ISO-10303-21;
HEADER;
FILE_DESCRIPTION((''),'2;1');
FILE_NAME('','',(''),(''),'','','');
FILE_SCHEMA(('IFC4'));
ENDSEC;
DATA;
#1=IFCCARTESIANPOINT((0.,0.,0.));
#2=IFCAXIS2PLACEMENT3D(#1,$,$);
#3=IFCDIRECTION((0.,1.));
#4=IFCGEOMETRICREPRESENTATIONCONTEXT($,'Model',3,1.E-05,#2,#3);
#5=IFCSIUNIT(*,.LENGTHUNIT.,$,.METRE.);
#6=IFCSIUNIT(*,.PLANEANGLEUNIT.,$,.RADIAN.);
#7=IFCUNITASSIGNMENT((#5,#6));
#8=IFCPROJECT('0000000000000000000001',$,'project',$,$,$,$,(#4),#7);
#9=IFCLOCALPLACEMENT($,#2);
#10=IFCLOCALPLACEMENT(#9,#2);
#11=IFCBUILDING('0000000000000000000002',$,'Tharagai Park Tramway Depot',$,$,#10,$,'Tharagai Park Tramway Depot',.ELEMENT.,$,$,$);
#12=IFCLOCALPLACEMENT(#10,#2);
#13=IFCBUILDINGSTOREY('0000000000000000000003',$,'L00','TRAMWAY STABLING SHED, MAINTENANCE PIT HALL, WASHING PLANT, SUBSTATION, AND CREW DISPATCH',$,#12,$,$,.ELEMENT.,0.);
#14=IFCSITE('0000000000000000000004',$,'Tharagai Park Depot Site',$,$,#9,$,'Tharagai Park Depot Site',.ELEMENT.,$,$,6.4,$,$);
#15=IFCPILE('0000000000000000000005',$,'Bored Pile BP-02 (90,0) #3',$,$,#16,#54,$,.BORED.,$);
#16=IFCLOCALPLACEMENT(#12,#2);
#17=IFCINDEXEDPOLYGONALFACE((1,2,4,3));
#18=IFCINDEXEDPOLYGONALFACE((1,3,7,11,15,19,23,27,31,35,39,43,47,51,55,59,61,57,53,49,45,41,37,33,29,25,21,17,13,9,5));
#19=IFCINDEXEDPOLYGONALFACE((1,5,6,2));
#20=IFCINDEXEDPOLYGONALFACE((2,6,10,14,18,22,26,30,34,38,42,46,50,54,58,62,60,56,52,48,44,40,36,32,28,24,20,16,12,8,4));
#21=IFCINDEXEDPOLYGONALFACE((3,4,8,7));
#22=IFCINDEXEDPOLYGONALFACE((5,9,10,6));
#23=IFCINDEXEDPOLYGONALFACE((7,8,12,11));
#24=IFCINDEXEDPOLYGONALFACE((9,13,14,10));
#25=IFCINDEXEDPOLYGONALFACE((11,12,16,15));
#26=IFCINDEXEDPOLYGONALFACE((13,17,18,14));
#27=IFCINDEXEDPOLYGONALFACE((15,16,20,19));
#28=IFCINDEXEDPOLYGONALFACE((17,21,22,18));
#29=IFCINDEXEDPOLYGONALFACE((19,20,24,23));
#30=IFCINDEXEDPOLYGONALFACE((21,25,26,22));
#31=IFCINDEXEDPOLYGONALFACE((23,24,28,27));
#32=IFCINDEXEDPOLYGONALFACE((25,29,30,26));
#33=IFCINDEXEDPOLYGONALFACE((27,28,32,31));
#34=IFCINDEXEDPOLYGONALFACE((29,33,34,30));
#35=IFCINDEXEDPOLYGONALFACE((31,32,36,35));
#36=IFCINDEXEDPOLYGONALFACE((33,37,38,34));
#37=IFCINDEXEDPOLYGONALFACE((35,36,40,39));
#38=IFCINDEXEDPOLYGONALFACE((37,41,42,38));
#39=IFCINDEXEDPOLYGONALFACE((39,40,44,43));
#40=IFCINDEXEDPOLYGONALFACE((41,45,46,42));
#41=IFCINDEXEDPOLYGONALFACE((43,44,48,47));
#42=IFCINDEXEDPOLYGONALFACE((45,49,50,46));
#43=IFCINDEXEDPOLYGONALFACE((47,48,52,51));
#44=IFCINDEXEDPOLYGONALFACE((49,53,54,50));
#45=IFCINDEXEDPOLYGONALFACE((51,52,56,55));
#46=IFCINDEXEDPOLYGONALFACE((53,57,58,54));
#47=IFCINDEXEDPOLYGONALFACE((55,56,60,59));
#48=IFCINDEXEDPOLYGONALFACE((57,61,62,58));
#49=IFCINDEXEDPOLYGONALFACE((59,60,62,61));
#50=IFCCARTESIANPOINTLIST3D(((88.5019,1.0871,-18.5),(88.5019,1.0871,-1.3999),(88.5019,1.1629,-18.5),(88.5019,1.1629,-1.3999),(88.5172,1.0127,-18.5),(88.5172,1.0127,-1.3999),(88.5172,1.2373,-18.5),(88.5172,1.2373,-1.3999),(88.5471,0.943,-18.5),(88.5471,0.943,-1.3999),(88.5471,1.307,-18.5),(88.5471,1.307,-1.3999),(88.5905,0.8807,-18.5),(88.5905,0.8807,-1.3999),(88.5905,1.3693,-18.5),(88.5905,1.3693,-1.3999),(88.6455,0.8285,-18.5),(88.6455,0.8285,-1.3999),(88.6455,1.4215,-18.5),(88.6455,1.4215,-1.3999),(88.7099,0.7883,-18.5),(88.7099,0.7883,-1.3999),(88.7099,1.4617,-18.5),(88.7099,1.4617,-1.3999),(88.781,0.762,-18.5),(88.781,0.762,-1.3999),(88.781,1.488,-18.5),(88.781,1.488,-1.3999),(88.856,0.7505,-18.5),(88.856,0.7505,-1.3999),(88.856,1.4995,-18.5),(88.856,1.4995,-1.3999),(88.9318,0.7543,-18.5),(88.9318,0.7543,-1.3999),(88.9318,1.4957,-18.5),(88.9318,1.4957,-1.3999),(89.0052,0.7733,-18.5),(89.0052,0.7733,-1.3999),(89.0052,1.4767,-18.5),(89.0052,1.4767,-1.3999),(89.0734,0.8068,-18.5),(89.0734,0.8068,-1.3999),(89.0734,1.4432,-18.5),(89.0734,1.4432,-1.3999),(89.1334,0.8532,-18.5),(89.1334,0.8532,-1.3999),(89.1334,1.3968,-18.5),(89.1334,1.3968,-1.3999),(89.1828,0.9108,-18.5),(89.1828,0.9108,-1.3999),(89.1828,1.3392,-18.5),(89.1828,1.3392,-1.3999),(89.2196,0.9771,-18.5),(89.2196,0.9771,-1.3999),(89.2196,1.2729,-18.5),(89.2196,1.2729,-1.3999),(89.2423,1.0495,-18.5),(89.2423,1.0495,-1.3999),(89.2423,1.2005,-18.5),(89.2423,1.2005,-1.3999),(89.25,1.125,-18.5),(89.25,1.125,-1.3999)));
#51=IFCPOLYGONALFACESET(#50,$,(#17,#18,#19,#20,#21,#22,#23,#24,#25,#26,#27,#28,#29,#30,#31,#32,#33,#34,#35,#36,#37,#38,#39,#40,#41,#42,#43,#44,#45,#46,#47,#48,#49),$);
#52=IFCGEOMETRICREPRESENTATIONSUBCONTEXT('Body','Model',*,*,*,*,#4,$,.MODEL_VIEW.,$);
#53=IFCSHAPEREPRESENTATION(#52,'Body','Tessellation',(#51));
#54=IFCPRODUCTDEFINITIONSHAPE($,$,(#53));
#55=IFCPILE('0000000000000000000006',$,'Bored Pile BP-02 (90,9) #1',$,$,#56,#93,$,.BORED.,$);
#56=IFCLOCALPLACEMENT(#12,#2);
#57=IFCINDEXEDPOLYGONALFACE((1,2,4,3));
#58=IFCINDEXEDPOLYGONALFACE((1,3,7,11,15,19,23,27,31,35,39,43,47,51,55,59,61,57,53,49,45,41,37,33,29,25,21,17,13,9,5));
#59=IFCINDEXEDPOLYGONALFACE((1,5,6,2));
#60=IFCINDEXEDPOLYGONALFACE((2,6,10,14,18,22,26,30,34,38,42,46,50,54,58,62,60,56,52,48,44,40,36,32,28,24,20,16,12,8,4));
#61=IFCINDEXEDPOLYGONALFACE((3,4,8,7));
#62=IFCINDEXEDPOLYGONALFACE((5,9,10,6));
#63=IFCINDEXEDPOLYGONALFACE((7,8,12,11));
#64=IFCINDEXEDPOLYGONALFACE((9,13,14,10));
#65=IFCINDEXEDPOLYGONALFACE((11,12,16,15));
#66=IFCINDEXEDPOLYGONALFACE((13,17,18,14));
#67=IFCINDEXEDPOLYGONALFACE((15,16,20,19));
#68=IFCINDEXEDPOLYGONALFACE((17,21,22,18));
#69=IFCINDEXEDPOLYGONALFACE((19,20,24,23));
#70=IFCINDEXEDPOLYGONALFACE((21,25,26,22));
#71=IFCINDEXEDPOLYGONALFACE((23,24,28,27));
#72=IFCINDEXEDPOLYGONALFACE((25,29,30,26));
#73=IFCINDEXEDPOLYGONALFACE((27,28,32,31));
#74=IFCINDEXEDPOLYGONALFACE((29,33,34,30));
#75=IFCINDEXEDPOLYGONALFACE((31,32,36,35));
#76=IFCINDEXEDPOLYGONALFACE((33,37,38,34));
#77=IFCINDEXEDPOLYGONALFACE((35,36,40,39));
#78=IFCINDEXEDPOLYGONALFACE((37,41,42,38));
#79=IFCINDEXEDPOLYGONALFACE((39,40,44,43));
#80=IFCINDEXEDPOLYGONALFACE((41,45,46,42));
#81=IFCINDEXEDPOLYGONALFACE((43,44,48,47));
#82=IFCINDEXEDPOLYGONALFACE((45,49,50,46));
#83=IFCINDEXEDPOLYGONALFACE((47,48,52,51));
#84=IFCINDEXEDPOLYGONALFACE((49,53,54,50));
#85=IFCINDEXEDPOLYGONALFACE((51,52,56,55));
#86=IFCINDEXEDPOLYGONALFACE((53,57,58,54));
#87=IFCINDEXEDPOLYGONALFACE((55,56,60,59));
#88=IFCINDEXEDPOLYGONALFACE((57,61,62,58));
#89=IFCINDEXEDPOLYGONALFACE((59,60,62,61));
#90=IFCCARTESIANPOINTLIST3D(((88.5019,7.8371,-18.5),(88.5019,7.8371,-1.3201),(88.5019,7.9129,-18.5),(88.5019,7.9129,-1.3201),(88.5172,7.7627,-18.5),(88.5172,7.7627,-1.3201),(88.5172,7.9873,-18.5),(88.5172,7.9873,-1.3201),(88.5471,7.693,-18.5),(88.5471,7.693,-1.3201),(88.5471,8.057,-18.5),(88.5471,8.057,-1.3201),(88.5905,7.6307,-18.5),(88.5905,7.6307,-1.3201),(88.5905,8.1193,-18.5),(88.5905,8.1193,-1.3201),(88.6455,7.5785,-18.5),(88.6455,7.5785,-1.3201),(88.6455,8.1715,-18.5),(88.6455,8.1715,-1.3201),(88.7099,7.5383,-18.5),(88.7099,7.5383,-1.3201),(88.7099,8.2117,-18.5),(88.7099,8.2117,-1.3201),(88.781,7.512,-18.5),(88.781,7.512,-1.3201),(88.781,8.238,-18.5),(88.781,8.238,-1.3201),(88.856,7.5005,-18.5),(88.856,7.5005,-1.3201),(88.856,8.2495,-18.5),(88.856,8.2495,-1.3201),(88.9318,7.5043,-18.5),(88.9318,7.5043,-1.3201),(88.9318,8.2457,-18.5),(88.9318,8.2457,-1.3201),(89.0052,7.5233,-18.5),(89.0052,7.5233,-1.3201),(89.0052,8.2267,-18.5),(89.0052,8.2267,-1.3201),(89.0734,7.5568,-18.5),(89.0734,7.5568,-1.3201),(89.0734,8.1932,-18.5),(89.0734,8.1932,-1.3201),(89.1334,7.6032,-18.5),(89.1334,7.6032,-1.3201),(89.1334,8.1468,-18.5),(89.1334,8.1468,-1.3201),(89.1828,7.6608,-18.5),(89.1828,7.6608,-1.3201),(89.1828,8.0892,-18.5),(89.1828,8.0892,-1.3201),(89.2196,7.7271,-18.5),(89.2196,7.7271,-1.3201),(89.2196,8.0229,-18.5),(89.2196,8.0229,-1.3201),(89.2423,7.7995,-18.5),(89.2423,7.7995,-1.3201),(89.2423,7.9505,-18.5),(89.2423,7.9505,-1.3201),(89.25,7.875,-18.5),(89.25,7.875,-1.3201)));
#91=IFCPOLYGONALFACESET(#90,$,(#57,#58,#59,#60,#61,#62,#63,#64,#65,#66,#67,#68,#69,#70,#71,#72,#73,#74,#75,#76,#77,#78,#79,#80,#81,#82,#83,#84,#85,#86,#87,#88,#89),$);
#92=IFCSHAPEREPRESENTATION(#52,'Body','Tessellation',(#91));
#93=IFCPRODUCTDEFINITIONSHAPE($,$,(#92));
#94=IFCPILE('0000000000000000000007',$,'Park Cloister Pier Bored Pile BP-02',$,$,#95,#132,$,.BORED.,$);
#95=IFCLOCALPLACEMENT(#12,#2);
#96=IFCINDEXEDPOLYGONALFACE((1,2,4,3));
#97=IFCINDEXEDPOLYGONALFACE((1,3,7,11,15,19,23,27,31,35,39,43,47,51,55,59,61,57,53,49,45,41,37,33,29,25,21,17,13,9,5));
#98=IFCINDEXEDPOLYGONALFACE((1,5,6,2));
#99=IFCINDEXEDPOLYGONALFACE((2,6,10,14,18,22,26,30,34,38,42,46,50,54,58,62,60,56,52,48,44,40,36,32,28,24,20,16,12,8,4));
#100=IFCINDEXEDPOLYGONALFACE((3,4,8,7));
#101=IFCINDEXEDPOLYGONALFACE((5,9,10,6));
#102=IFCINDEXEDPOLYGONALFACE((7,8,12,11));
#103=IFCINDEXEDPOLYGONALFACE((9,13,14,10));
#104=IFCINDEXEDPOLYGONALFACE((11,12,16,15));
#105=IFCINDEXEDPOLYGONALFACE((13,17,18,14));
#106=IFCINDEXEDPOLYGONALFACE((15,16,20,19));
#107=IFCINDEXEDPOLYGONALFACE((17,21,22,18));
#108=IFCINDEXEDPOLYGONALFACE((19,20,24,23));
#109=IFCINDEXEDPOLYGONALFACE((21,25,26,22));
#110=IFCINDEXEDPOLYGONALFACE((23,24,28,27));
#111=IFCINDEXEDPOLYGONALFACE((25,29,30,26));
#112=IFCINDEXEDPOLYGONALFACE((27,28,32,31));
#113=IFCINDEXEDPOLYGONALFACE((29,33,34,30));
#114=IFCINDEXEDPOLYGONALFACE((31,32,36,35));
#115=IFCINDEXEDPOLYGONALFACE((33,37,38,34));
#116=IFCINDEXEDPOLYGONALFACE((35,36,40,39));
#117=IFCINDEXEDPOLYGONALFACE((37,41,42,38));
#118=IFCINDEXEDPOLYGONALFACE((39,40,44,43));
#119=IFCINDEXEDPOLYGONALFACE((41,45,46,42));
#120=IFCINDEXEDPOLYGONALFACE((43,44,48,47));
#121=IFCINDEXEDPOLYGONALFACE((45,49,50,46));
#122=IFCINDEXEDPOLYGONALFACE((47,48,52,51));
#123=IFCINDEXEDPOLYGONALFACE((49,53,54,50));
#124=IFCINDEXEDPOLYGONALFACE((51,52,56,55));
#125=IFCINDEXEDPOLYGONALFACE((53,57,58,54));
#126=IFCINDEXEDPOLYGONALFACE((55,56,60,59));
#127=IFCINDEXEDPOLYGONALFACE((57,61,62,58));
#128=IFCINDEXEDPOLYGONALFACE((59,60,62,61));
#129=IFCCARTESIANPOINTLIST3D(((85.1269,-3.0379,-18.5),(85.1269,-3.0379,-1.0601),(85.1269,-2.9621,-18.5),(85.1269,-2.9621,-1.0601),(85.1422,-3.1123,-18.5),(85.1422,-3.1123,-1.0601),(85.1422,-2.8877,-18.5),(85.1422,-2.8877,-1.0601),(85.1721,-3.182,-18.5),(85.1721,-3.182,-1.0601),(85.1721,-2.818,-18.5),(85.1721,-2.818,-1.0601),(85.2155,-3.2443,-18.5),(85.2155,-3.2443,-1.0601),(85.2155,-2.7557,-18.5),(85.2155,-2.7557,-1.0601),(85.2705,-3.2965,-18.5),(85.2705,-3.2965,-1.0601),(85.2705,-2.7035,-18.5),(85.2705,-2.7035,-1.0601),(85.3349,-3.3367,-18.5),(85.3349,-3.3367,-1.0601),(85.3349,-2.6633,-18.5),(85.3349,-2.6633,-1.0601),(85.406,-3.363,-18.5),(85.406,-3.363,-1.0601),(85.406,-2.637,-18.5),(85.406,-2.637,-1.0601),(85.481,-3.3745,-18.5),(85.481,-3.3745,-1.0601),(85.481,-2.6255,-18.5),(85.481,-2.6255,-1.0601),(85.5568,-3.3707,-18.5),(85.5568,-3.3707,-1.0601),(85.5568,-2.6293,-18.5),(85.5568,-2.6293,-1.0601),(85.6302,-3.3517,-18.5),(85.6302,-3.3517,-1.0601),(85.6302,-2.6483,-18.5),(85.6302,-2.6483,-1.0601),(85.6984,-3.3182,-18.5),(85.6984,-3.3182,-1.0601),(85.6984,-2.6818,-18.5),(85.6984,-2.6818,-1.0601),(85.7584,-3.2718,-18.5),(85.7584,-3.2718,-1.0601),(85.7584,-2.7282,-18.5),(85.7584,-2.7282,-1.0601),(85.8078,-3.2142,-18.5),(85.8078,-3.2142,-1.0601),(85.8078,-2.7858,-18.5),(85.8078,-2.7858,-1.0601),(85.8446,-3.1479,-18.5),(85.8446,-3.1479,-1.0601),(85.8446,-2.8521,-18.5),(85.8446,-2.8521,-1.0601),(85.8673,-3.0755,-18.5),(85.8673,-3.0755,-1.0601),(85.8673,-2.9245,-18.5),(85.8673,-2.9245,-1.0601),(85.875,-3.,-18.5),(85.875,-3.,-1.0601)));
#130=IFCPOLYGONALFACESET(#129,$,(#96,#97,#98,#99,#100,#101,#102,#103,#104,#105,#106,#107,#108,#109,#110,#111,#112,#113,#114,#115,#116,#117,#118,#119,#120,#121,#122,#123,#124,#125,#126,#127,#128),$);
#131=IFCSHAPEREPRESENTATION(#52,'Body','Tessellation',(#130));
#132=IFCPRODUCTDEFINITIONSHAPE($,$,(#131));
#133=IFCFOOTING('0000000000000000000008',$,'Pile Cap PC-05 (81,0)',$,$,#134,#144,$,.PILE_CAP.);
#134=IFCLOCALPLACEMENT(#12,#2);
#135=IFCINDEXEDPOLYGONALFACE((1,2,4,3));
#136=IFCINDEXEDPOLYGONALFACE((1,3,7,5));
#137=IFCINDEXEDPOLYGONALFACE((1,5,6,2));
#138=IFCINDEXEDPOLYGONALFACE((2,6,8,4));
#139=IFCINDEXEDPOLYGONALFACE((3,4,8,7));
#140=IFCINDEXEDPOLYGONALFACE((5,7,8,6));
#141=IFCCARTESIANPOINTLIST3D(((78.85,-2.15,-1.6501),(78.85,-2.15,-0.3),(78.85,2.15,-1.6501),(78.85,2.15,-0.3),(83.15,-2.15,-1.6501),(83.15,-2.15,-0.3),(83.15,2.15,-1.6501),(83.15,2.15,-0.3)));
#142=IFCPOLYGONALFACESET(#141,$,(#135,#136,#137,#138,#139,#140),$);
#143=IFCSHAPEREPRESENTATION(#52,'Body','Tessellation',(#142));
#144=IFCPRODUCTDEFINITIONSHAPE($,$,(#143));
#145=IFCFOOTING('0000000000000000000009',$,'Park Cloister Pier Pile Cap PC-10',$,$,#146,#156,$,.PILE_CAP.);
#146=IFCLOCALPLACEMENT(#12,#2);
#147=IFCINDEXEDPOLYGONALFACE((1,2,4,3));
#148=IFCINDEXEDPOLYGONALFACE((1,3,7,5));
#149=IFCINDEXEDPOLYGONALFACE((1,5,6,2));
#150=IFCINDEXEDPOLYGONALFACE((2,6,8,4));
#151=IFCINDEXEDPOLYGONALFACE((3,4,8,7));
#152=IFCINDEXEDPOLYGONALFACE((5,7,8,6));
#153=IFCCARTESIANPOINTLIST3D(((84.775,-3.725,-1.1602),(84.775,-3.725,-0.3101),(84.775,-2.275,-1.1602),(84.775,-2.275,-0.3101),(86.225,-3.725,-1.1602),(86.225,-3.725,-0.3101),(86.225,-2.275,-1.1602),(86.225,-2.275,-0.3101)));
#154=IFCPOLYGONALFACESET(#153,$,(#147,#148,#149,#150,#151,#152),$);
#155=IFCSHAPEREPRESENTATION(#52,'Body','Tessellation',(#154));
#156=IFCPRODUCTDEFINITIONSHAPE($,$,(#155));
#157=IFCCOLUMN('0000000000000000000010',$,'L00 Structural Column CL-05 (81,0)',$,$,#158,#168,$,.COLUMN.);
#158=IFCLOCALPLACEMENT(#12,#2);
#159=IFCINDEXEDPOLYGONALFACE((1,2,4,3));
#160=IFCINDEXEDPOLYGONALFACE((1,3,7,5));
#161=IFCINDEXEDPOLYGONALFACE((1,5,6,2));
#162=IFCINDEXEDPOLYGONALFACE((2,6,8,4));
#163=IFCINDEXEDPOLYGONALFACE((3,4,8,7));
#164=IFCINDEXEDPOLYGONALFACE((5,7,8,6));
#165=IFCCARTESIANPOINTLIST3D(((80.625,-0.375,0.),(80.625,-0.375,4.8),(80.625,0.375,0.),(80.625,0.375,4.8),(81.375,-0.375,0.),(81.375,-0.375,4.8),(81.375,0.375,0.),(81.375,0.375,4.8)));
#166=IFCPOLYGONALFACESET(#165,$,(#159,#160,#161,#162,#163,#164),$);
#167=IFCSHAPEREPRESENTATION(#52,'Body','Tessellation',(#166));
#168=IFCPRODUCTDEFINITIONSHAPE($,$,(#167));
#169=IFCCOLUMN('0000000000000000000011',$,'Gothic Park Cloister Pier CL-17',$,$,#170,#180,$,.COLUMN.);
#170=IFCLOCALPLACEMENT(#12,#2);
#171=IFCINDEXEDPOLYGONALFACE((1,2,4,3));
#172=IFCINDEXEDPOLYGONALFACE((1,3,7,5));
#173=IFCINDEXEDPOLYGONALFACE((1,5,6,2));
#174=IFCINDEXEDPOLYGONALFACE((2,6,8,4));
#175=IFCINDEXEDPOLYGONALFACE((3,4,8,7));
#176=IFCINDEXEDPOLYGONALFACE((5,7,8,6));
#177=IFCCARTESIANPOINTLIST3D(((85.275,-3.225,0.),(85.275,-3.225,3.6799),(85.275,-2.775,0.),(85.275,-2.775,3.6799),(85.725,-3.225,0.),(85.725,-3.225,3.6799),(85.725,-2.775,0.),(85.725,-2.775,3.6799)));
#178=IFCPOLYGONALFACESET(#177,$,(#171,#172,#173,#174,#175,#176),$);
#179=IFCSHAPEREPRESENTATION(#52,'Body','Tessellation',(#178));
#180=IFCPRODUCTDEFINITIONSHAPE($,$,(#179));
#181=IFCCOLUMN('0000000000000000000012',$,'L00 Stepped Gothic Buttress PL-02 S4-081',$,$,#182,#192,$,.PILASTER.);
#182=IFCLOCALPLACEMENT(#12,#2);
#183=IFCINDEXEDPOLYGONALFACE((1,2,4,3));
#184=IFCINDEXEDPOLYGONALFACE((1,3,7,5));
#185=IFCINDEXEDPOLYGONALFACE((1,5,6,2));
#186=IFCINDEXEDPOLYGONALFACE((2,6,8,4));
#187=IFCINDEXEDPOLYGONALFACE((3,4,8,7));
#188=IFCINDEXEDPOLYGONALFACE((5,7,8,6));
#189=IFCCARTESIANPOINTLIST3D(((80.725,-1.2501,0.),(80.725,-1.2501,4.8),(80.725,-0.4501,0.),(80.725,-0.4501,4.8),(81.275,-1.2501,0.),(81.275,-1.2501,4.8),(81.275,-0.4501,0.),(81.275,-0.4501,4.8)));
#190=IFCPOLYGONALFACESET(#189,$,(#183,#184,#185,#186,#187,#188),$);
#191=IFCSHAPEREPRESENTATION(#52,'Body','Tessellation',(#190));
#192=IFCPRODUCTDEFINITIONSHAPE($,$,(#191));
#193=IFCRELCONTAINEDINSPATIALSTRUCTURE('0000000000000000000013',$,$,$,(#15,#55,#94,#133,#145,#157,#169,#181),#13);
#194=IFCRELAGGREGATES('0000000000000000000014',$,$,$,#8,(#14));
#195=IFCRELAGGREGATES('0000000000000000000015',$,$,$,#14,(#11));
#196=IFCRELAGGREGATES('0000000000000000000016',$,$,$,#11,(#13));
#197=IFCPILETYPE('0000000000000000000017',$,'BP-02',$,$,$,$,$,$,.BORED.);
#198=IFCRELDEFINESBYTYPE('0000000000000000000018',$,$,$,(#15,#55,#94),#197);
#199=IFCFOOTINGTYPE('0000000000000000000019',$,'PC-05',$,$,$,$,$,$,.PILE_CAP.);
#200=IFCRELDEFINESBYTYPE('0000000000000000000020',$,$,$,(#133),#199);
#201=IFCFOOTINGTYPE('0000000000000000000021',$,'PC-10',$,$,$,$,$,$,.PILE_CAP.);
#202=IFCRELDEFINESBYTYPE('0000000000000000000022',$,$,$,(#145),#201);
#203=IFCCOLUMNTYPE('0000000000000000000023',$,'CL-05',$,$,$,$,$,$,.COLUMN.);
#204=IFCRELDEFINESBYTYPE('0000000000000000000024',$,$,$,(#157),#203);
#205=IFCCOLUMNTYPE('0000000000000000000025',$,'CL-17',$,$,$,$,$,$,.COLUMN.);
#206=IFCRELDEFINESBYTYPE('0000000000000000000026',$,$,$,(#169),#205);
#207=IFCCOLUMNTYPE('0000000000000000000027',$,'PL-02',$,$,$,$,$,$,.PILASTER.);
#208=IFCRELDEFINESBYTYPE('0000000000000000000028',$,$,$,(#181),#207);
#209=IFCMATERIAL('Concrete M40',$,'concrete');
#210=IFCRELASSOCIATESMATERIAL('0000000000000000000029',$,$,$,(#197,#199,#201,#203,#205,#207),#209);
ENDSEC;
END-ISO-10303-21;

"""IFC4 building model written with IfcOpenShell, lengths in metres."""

from ifc_helpers import new_model, si_unit, direction, frame, origin, origin_2d, place, context, subcontext, project, spatial, rectangle, circle, extrude, material, material_profile, profile_set, type_object, element, save


model = new_model("IFC4")

# Units and contexts
model_context = context("Model", 3, precision=1e-05, world=origin(), true_north=direction((0.0, 1.0)))
body_context = subcontext(model_context, "Body", "Model", "MODEL_VIEW")
ifc_project = project(units=[si_unit("LENGTHUNIT", "METRE"), si_unit("PLANEANGLEUNIT", "RADIAN")], contexts=[model_context])

# Site, building, storey
site_placement = place(None, origin())
site = spatial("IfcSite", under=ifc_project, at=site_placement, Name="Tharagai Park Depot Site", LongName="Tharagai Park Depot Site", CompositionType="ELEMENT", RefElevation=6.4)
building_placement = place(site_placement, origin())
building = spatial("IfcBuilding", under=site, at=building_placement, Name="Tharagai Park Tramway Depot", LongName="Tharagai Park Tramway Depot", CompositionType="ELEMENT")
storey_placement = place(building_placement, origin())
storey = spatial("IfcBuildingStorey", under=building, at=storey_placement, Name="L00", Description="TRAMWAY STABLING SHED, MAINTENANCE PIT HALL, WASHING PLANT, SUBSTATION, AND CREW DISPATCH", CompositionType="ELEMENT", Elevation=0.0)

# Piles
ifc_material_1 = material(Name="Concrete M40", Category="concrete")
ifc_material_profile_1 = material_profile(ifc_material_1, circle(Radius=0.375, at=origin_2d()), Name="PILE D750")
ifc_profile_set_1 = profile_set([ifc_material_profile_1], Name="Concrete M40")
pile_type_1 = type_object("IfcPileType", Name="BP-02", PredefinedType="BORED", material=ifc_profile_set_1)
for number, where, z_axis, x_axis, name in (
    (1, (88.875, 1.125, -1.3999), (0.0, 0.0, -1.0), (1.0, 0.0, 0.0), "Bored Pile BP-02 (90,0) #3"),
):
    element("IfcPile", number, at=place(storey_placement, frame(where, z_axis=z_axis, x_axis=x_axis)), inside=storey, type_object=pile_type_1, Name=name, PredefinedType="BORED", context=body_context, shape_type="SweptSolid", body=[
        extrude(circle(Radius=0.375, at=origin_2d()), origin(), (0.0, 0.0, 1.0), 17.1001),
    ])
pile_1_placement = place(storey_placement, frame((88.875, 7.875, -1.3201), z_axis=(0.0, 0.0, -1.0), x_axis=(1.0, 0.0, 0.0)))
element("IfcPile", 2, at=pile_1_placement, inside=storey, type_object=pile_type_1, Name="Bored Pile BP-02 (90,9) #1", PredefinedType="BORED", context=body_context, shape_type="SweptSolid", body=[
    extrude(circle(Radius=0.375, at=origin_2d()), origin(), (0.0, 0.0, 1.0), 17.1799),
])
pile_2_placement = place(storey_placement, frame((85.5, -3.0, -1.0601), z_axis=(0.0, 0.0, -1.0), x_axis=(1.0, 0.0, 0.0)))
element("IfcPile", 3, at=pile_2_placement, inside=storey, type_object=pile_type_1, Name="Park Cloister Pier Bored Pile BP-02", PredefinedType="BORED", context=body_context, shape_type="SweptSolid", body=[
    extrude(circle(Radius=0.375, at=origin_2d()), origin(), (0.0, 0.0, 1.0), 17.4399),
])

# Footings
footing_type_1 = type_object("IfcFootingType", Name="PC-05", PredefinedType="PILE_CAP", material=ifc_material_1)
footing_1_placement = place(storey_placement, frame((81.0, 0.0, -1.6501), z_axis=(0.0, 0.0, 1.0), x_axis=(1.0, 0.0, 0.0)))
element("IfcFooting", 4, at=footing_1_placement, inside=storey, type_object=footing_type_1, Name="Pile Cap PC-05 (81,0)", PredefinedType="PILE_CAP", context=body_context, shape_type="SweptSolid", body=[
    extrude(rectangle(XDim=4.3, YDim=4.3, at=origin_2d()), origin(), (0.0, 0.0, 1.0), 1.3501),
])
footing_type_2 = type_object("IfcFootingType", Name="PC-10", PredefinedType="PILE_CAP", material=ifc_material_1)
footing_2_placement = place(storey_placement, frame((85.5, -3.0, -1.1602), z_axis=(0.0, 0.0, 1.0), x_axis=(1.0, 0.0, 0.0)))
element("IfcFooting", 5, at=footing_2_placement, inside=storey, type_object=footing_type_2, Name="Park Cloister Pier Pile Cap PC-10", PredefinedType="PILE_CAP", context=body_context, shape_type="SweptSolid", body=[
    extrude(rectangle(XDim=1.45, YDim=1.45, at=origin_2d()), origin(), (0.0, 0.0, 1.0), 0.8501),
])

# Columns
ifc_material_profile_2 = material_profile(ifc_material_1, rectangle(XDim=0.75, YDim=0.75, at=origin_2d()), Name="RC 750x750")
ifc_profile_set_2 = profile_set([ifc_material_profile_2], Name="Concrete M40")
column_type_1 = type_object("IfcColumnType", Name="CL-05", PredefinedType="COLUMN", material=ifc_profile_set_2)
column_1_placement = place(storey_placement, frame((81.0, 0.0, 0.0), z_axis=(0.0, 0.0, 1.0), x_axis=(1.0, 0.0, 0.0)))
element("IfcColumn", 6, at=column_1_placement, inside=storey, type_object=column_type_1, Name="L00 Structural Column CL-05 (81,0)", PredefinedType="COLUMN", context=body_context, shape_type="SweptSolid", body=[
    extrude(rectangle(XDim=0.75, YDim=0.75, at=origin_2d()), origin(), (0.0, 0.0, 1.0), 4.8),
])
ifc_material_profile_3 = material_profile(ifc_material_1, rectangle(XDim=0.45, YDim=0.45, at=origin_2d()), Name="RC 450x450")
ifc_profile_set_3 = profile_set([ifc_material_profile_3], Name="Concrete M40")
column_type_2 = type_object("IfcColumnType", Name="CL-17", PredefinedType="COLUMN", material=ifc_profile_set_3)
column_2_placement = place(storey_placement, frame((85.5, -3.0, 0.0), z_axis=(0.0, 0.0, 1.0), x_axis=(1.0, 0.0, 0.0)))
element("IfcColumn", 7, at=column_2_placement, inside=storey, type_object=column_type_2, Name="Gothic Park Cloister Pier CL-17", PredefinedType="COLUMN", context=body_context, shape_type="SweptSolid", body=[
    extrude(rectangle(XDim=0.45, YDim=0.45, at=origin_2d()), origin(), (0.0, 0.0, 1.0), 3.6799),
])
ifc_material_profile_4 = material_profile(ifc_material_1, rectangle(XDim=0.55, YDim=0.8, at=origin_2d()), Name="RC 550x800")
ifc_profile_set_4 = profile_set([ifc_material_profile_4], Name="Concrete M40")
column_type_3 = type_object("IfcColumnType", Name="PL-02", PredefinedType="PILASTER", material=ifc_profile_set_4)
column_3_placement = place(storey_placement, frame((81.0, -0.8501, 0.0), z_axis=(0.0, 0.0, 1.0), x_axis=(1.0, 0.0, 0.0)))
element("IfcColumn", 8, at=column_3_placement, inside=storey, type_object=column_type_3, Name="L00 Stepped Gothic Buttress PL-02 S4-081", PredefinedType="PILASTER", context=body_context, shape_type="SweptSolid", body=[
    extrude(rectangle(XDim=0.55, YDim=0.8, at=origin_2d()), origin(), (0.0, 0.0, 1.0), 4.8),
])

save(model, "model.ifc")
